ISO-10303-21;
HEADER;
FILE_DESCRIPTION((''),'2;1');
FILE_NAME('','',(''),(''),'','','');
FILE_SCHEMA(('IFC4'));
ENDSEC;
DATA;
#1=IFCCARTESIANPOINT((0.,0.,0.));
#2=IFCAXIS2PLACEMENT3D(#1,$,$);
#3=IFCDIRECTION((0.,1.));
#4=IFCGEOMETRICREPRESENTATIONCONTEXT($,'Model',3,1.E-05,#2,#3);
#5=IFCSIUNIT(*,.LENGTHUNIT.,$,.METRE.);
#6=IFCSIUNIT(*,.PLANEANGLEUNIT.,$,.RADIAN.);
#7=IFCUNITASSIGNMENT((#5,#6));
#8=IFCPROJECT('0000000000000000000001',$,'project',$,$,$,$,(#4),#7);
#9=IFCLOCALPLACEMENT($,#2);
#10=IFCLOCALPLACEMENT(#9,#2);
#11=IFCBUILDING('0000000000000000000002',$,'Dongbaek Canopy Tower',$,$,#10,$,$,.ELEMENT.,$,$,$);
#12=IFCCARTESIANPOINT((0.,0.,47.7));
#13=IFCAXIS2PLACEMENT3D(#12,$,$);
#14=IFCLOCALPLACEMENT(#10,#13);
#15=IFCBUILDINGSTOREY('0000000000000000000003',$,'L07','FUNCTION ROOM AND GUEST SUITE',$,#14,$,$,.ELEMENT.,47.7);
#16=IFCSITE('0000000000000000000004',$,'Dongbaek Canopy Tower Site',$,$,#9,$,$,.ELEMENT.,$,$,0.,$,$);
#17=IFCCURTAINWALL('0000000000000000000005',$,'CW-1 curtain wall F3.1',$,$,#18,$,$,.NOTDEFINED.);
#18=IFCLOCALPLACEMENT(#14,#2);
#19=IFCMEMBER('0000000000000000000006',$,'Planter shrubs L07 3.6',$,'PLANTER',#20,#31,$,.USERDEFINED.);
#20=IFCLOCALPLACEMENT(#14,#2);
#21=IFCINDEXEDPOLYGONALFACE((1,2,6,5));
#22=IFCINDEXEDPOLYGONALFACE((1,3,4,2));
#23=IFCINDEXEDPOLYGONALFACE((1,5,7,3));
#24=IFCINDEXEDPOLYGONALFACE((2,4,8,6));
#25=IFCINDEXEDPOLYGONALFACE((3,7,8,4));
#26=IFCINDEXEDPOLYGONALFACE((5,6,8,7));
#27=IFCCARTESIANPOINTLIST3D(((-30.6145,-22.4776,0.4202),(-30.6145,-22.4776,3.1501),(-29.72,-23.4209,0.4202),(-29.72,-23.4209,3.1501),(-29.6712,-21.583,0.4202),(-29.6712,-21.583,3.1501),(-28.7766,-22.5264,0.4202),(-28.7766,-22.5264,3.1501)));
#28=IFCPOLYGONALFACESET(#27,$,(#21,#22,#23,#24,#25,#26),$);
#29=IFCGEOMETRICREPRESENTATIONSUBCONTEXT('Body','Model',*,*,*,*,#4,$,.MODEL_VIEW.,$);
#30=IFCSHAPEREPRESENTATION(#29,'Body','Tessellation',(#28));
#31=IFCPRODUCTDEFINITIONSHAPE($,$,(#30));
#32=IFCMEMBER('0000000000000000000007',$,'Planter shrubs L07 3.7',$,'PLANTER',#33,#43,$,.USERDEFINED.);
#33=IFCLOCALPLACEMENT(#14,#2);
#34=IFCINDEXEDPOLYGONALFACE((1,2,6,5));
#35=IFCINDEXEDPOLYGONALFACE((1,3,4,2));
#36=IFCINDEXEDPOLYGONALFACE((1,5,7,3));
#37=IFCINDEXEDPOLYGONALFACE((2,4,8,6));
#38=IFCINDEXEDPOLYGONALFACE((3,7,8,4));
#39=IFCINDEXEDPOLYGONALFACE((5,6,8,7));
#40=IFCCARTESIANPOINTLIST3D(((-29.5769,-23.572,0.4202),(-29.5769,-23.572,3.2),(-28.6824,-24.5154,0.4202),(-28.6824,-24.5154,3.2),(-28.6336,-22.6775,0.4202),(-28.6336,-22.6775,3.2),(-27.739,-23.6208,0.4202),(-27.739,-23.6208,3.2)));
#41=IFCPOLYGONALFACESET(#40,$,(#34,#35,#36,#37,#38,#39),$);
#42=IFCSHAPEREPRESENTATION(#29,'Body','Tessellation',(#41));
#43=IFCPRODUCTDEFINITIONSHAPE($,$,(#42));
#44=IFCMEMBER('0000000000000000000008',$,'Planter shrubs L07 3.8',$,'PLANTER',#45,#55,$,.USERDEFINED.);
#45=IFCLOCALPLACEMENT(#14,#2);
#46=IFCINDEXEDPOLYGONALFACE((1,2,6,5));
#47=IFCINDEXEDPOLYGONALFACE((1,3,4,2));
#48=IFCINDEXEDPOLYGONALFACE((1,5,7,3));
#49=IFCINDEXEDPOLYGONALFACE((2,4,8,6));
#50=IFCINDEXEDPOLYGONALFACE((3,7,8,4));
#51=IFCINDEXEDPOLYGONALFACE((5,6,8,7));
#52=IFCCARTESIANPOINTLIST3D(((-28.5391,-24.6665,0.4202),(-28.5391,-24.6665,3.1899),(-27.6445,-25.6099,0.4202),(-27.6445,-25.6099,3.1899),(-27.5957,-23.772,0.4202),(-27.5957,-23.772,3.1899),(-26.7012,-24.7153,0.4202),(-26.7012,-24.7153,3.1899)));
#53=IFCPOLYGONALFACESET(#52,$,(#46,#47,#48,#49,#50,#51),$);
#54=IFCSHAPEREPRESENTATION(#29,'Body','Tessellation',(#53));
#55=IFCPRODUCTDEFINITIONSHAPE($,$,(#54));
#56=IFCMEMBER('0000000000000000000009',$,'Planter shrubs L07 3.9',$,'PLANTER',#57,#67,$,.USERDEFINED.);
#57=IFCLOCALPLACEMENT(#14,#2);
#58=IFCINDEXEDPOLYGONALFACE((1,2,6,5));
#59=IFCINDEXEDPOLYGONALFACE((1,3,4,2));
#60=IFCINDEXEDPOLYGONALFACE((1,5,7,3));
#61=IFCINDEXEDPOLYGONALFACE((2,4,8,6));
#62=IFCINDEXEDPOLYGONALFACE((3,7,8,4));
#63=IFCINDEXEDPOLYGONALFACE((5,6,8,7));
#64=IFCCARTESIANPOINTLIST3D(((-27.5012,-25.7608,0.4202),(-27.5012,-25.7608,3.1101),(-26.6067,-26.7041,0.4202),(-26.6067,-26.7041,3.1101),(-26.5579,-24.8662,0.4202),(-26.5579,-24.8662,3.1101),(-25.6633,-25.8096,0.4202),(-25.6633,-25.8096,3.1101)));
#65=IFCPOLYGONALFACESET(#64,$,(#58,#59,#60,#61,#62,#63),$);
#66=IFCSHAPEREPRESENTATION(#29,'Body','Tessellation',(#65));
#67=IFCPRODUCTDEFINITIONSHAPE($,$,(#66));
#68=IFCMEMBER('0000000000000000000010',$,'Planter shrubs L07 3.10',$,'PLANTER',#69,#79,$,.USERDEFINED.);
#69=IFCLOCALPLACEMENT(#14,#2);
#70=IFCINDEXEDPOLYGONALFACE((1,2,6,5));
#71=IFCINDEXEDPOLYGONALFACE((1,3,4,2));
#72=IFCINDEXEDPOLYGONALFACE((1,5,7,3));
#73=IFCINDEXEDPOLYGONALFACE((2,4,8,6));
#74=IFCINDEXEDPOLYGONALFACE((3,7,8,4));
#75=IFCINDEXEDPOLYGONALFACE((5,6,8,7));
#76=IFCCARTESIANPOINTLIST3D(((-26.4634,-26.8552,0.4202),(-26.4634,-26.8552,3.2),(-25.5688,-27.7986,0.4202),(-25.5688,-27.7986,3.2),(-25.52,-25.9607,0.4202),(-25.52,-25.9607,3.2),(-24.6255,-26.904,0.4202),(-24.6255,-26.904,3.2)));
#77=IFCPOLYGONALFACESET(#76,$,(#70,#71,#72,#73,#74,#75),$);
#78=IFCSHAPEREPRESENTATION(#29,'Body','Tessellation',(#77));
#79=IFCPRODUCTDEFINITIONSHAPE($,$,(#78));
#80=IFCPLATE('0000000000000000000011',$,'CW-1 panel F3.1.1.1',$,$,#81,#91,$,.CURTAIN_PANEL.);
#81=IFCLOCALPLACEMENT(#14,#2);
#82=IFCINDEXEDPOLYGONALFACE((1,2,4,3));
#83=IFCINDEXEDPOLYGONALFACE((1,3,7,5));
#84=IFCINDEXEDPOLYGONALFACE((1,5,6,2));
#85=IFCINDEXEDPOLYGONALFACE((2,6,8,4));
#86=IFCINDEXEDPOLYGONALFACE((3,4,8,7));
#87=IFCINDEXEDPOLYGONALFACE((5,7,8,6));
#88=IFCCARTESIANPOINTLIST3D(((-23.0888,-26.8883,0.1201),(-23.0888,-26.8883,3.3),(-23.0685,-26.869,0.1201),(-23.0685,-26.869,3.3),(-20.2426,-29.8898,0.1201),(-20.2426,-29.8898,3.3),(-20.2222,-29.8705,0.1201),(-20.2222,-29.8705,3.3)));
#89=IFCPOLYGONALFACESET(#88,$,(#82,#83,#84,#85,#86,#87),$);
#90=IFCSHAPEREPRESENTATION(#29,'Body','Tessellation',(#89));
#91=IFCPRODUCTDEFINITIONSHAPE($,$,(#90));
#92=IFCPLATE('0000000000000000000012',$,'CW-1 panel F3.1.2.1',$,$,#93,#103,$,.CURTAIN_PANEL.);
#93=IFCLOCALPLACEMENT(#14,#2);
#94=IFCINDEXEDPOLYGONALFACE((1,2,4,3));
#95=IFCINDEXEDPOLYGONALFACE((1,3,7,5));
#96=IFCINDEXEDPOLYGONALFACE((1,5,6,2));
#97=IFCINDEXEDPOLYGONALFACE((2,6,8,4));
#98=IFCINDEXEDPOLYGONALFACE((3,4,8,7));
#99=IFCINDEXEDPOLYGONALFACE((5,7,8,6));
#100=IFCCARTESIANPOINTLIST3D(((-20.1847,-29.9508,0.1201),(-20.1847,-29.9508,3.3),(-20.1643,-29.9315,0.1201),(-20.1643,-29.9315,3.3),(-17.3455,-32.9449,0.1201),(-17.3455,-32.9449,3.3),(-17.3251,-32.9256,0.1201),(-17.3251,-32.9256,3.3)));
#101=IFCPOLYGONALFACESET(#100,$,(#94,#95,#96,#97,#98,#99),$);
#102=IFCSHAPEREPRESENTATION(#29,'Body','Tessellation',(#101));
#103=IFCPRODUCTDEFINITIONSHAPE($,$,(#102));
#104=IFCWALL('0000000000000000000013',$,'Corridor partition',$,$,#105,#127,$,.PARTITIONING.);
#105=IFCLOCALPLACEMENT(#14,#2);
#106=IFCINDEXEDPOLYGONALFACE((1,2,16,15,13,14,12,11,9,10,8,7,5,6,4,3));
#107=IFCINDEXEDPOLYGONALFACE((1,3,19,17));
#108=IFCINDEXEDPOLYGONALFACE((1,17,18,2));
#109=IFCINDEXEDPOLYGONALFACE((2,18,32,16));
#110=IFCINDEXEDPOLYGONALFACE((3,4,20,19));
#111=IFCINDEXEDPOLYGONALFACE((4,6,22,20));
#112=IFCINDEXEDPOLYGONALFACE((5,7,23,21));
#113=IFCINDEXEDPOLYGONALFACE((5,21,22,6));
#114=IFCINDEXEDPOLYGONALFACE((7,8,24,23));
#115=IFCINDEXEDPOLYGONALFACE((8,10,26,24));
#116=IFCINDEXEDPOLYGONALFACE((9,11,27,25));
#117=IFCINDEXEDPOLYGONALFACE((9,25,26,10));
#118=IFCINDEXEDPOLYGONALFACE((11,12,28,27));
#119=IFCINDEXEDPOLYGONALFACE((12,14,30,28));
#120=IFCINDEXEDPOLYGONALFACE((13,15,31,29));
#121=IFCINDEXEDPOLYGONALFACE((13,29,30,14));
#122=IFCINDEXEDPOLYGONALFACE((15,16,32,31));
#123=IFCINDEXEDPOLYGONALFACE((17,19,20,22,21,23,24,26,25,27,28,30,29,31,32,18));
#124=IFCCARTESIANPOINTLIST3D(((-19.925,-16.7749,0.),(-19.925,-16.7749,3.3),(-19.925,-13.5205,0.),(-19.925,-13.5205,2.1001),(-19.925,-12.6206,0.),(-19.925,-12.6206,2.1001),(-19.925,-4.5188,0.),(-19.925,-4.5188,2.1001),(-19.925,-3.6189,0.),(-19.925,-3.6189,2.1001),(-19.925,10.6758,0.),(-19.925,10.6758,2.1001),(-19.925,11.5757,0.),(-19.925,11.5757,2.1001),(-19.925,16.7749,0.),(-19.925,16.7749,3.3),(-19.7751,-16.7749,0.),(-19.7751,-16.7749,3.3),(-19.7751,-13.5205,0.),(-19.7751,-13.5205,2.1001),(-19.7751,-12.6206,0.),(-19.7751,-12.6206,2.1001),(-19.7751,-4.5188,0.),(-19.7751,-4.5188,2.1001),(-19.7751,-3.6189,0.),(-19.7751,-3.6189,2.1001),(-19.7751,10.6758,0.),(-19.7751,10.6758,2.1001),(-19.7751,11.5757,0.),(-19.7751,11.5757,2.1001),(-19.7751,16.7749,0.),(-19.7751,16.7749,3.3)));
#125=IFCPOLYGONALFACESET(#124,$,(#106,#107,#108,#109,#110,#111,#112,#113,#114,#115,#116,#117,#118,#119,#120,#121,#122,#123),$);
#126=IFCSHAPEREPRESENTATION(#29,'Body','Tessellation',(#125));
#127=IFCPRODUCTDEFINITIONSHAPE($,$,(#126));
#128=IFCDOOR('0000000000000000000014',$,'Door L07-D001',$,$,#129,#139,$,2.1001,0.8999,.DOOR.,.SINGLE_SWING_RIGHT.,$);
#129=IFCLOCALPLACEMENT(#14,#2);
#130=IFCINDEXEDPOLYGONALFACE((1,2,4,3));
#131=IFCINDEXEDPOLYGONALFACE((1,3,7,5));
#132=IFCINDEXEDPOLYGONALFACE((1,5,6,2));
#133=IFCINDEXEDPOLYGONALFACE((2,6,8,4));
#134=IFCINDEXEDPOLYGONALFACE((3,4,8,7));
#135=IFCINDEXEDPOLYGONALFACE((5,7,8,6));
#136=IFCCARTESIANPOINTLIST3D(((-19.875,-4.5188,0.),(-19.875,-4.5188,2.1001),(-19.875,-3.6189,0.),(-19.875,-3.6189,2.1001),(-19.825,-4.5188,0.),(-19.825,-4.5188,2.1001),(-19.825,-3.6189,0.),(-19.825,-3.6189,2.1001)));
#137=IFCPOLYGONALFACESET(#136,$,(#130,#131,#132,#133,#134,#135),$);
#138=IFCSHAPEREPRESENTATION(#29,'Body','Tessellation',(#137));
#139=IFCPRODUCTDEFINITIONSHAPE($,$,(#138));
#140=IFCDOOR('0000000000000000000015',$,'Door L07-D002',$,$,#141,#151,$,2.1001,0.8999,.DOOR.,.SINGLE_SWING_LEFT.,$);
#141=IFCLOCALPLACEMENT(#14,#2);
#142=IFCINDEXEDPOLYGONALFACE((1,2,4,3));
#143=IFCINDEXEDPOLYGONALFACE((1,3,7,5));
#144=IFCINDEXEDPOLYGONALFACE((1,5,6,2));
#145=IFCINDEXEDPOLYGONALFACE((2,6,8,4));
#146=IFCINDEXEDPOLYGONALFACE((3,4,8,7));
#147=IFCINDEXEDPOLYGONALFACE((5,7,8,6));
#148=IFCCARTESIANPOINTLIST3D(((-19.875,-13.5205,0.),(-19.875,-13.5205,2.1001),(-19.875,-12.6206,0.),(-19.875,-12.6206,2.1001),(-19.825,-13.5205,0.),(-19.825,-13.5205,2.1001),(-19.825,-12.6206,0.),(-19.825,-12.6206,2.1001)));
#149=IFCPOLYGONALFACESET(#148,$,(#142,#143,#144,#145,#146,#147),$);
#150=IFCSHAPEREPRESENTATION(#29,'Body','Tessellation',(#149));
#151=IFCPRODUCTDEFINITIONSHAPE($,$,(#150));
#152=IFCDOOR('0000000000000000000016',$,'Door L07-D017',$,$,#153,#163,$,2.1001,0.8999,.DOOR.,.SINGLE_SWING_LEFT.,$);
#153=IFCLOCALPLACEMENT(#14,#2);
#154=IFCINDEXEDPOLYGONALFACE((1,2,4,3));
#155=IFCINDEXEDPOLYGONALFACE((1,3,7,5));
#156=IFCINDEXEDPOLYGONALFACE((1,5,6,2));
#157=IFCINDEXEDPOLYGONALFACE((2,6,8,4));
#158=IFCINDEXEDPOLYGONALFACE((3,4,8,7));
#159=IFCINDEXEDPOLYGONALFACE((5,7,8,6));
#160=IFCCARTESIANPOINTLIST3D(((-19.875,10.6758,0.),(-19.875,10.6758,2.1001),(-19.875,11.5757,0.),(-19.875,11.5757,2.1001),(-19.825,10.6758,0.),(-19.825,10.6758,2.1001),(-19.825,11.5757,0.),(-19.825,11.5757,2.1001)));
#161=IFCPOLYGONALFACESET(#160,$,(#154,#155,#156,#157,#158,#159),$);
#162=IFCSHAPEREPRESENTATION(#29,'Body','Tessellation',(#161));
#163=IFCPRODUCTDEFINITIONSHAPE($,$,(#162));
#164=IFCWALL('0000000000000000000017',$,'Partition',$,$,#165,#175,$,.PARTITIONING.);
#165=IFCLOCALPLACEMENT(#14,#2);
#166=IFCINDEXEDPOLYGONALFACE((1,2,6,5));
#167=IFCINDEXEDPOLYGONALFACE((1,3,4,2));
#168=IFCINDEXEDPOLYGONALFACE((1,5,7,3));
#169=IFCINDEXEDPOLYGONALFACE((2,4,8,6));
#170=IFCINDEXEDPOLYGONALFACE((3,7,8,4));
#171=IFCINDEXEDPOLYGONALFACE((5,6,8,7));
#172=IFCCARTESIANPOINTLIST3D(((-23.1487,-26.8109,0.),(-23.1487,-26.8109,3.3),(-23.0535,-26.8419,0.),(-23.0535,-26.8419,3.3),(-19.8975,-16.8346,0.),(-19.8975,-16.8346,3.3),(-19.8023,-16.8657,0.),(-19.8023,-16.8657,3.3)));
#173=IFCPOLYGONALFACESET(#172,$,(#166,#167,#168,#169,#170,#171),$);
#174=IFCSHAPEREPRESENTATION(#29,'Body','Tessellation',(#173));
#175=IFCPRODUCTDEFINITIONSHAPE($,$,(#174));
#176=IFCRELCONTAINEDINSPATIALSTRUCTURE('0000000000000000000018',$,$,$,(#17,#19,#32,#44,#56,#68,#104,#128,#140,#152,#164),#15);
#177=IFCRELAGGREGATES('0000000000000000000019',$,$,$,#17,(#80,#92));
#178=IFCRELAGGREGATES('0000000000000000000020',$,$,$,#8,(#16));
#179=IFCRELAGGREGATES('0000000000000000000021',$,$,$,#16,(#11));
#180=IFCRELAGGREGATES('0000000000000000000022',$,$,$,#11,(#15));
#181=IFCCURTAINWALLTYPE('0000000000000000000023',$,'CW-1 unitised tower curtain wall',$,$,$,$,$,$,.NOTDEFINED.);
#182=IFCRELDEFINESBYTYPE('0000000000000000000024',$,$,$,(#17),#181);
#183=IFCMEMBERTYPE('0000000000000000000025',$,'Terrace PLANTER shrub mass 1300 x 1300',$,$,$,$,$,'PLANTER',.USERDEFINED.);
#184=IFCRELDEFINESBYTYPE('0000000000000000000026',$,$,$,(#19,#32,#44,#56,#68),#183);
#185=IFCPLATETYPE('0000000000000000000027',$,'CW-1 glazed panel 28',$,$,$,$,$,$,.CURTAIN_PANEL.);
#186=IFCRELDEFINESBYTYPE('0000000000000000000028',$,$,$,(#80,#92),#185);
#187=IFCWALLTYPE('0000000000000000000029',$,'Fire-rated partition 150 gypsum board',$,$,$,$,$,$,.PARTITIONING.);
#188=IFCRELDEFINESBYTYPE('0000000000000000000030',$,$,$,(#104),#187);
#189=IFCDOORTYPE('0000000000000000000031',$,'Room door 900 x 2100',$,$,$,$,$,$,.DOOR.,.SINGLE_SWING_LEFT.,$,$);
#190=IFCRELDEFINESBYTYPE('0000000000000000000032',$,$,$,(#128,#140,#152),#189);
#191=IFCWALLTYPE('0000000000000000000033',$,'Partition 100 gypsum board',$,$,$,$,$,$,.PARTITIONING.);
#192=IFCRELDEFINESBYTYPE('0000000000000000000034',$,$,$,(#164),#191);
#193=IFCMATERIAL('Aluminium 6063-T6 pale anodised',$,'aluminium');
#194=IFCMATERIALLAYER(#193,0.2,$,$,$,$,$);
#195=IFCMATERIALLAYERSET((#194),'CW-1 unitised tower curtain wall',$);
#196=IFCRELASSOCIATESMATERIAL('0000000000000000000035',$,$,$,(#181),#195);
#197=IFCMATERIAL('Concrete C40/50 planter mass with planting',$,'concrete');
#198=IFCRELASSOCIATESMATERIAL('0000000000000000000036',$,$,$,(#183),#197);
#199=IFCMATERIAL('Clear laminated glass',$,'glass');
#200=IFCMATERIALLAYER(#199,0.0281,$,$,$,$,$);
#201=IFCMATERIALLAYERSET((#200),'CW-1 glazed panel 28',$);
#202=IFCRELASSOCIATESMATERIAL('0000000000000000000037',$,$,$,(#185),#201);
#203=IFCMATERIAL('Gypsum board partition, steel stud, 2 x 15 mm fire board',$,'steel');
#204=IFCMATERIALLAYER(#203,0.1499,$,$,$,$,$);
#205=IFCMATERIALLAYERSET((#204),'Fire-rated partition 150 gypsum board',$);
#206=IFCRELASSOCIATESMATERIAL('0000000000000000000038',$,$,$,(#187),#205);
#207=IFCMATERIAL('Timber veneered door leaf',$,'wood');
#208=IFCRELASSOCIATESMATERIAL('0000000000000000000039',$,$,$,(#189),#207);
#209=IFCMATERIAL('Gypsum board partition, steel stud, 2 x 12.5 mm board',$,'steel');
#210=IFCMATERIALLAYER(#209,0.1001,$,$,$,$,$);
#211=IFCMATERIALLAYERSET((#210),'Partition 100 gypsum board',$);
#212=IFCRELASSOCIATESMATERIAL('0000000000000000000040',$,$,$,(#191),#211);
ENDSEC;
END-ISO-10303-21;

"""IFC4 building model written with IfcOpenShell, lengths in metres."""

from ifc_helpers import new_model, si_unit, direction, frame, frame_2d, origin, origin_2d, place, context, subcontext, project, spatial, rectangle, extrude, material, layer, layer_set, material_profile, profile_set, type_object, element, fill, aggregate, save


model = new_model("IFC4")

# Units and contexts
model_context = context("Model", 3, precision=1e-05, world=origin(), true_north=direction((0.0, 1.0)))
body_context = subcontext(model_context, "Body", "Model", "MODEL_VIEW")
ifc_project = project(units=[si_unit("LENGTHUNIT", "METRE"), si_unit("PLANEANGLEUNIT", "RADIAN")], contexts=[model_context])

# Site, building, storey
site_placement = place(None, origin())
site = spatial("IfcSite", under=ifc_project, at=site_placement, Name="Dongbaek Canopy Tower Site", CompositionType="ELEMENT", RefElevation=0.0)
building_placement = place(site_placement, origin())
building = spatial("IfcBuilding", under=site, at=building_placement, Name="Dongbaek Canopy Tower", CompositionType="ELEMENT")
storey_placement = place(building_placement, frame((0.0, 0.0, 47.7)))
storey = spatial("IfcBuildingStorey", under=building, at=storey_placement, Name="L07", Description="FUNCTION ROOM AND GUEST SUITE", CompositionType="ELEMENT", Elevation=47.7)

# Curtain wall
ifc_material_1 = material(Name="Aluminium 6063-T6 pale anodised", Category="aluminium")
ifc_layer_1 = layer(ifc_material_1, 0.2)
ifc_layer_set_1 = layer_set([ifc_layer_1], Name="CW-1 unitised tower curtain wall")
curtain_wall_type = type_object("IfcCurtainWallType", Name="CW-1 unitised tower curtain wall", PredefinedType="NOTDEFINED", material=ifc_layer_set_1)
curtain_wall_placement = place(storey_placement, origin())
curtain_wall = element("IfcCurtainWall", 1, at=curtain_wall_placement, inside=storey, type_object=curtain_wall_type, Name="CW-1 curtain wall F3.1", PredefinedType="NOTDEFINED")

# Members
ifc_material_2 = material(Name="Concrete C40/50 planter mass with planting", Category="concrete")
ifc_material_profile_1 = material_profile(ifc_material_2, rectangle(XDim=1.3, YDim=1.3, at=origin_2d()), Name="Terrace PLANTER shrub mass 1300 x 1300")
ifc_profile_set_1 = profile_set([ifc_material_profile_1], Name="Concrete C40/50 planter mass with planting")
member_type_1 = type_object("IfcMemberType", Name="Terrace PLANTER shrub mass 1300 x 1300", ElementType="PLANTER", PredefinedType="USERDEFINED", material=ifc_profile_set_1)
member_1_placement = place(storey_placement, frame((-29.6956, -22.502, 0.4202), z_axis=(0.0, 0.0, 1.0), x_axis=(-0.725627, -0.688089, 0.0)))
element("IfcMember", 2, at=member_1_placement, inside=storey, type_object=member_type_1, Name="Planter shrubs L07 3.6", ObjectType="PLANTER", PredefinedType="USERDEFINED", context=body_context, shape_type="SweptSolid", body=[
    extrude(rectangle(XDim=1.3, YDim=1.3, at=origin_2d()), origin(), (0.0, 0.0, 1.0), 2.73),
])
member_2_placement = place(storey_placement, frame((-28.658, -23.5964, 0.4202), z_axis=(0.0, 0.0, 1.0), x_axis=(-0.725627, -0.688089, 0.0)))
element("IfcMember", 3, at=member_2_placement, inside=storey, type_object=member_type_1, Name="Planter shrubs L07 3.7", ObjectType="PLANTER", PredefinedType="USERDEFINED", context=body_context, shape_type="SweptSolid", body=[
    extrude(rectangle(XDim=1.3, YDim=1.3, at=origin_2d()), origin(), (0.0, 0.0, 1.0), 2.7798),
])
member_3_placement = place(storey_placement, frame((-27.6201, -24.6909, 0.4202), z_axis=(0.0, 0.0, 1.0), x_axis=(-0.725627, -0.688089, 0.0)))
element("IfcMember", 4, at=member_3_placement, inside=storey, type_object=member_type_1, Name="Planter shrubs L07 3.8", ObjectType="PLANTER", PredefinedType="USERDEFINED", context=body_context, shape_type="SweptSolid", body=[
    extrude(rectangle(XDim=1.3, YDim=1.3, at=origin_2d()), origin(), (0.0, 0.0, 1.0), 2.7698),
])
member_4_placement = place(storey_placement, frame((-26.5823, -25.7852, 0.4202), z_axis=(0.0, 0.0, 1.0), x_axis=(-0.725627, -0.688089, 0.0)))
element("IfcMember", 5, at=member_4_placement, inside=storey, type_object=member_type_1, Name="Planter shrubs L07 3.9", ObjectType="PLANTER", PredefinedType="USERDEFINED", context=body_context, shape_type="SweptSolid", body=[
    extrude(rectangle(XDim=1.3, YDim=1.3, at=origin_2d()), origin(), (0.0, 0.0, 1.0), 2.6899),
])
member_5_placement = place(storey_placement, frame((-25.5444, -26.8796, 0.4202), z_axis=(0.0, 0.0, 1.0), x_axis=(-0.725627, -0.688089, 0.0)))
element("IfcMember", 6, at=member_5_placement, inside=storey, type_object=member_type_1, Name="Planter shrubs L07 3.10", ObjectType="PLANTER", PredefinedType="USERDEFINED", context=body_context, shape_type="SweptSolid", body=[
    extrude(rectangle(XDim=1.3, YDim=1.3, at=origin_2d()), origin(), (0.0, 0.0, 1.0), 2.7798),
])

# Plates
ifc_material_3 = material(Name="Clear laminated glass", Category="glass")
ifc_layer_2 = layer(ifc_material_3, 0.0281)
ifc_layer_set_2 = layer_set([ifc_layer_2], Name="CW-1 glazed panel 28")
plate_type = type_object("IfcPlateType", Name="CW-1 glazed panel 28", PredefinedType="CURTAIN_PANEL", material=ifc_layer_set_2)
plate_1_placement = place(storey_placement, frame((-21.6555, -28.3794, 0.1201), z_axis=(0.0, 0.0, 1.0), x_axis=(0.688089, -0.725627, 0.0)))
plate_1 = element("IfcPlate", 7, at=plate_1_placement, type_object=plate_type, Name="CW-1 panel F3.1.1.1", PredefinedType="CURTAIN_PANEL", context=body_context, shape_type="SweptSolid", body=[
    extrude(rectangle(XDim=4.1365, YDim=0.0281, at=origin_2d()), origin(), (0.0, 0.0, 1.0), 3.1799),
])
plate_2_placement = place(storey_placement, frame((-18.7549, -31.4382, 0.1201), z_axis=(0.0, 0.0, 1.0), x_axis=(0.688089, -0.725627, 0.0)))
plate_2 = element("IfcPlate", 8, at=plate_2_placement, type_object=plate_type, Name="CW-1 panel F3.1.2.1", PredefinedType="CURTAIN_PANEL", context=body_context, shape_type="SweptSolid", body=[
    extrude(rectangle(XDim=4.1262, YDim=0.0281, at=origin_2d()), origin(), (0.0, 0.0, 1.0), 3.1799),
])

# Wall, openings, doors
ifc_material_4 = material(Name="Gypsum board partition, steel stud, 2 x 15 mm fire board", Category="steel")
ifc_layer_3 = layer(ifc_material_4, 0.1499)
ifc_layer_set_3 = layer_set([ifc_layer_3], Name="Fire-rated partition 150 gypsum board")
wall_type_1 = type_object("IfcWallType", Name="Fire-rated partition 150 gypsum board", PredefinedType="PARTITIONING", material=ifc_layer_set_3)
wall_1_placement = place(storey_placement, frame((-19.8501, -16.7749, 0.0), z_axis=(0.0, 0.0, 1.0), x_axis=(0.0, 1.0, 0.0)))
wall_1 = element("IfcWall", 9, at=wall_1_placement, inside=storey, type_object=wall_type_1, Name="Corridor partition", PredefinedType="PARTITIONING", context=body_context, shape_type="SweptSolid", body=[
    extrude(rectangle(XDim=33.5498, YDim=0.1499, at=frame_2d((16.7749, 0.0))), origin(), (0.0, 0.0, 1.0), 3.3),
])
opening_1_placement = place(wall_1_placement, frame((12.2561, 0.0, 0.0)))
opening_1 = element("IfcOpeningElement", 10, at=opening_1_placement, cuts=wall_1, PredefinedType="OPENING", context=body_context, shape_type="SweptSolid", body=[
    extrude(rectangle(XDim=0.8999, YDim=2.1001, at=frame_2d((0.45, 1.05))), frame((0.0, 0.085, 0.0), z_axis=(0.0, -1.0, 0.0), x_axis=(1.0, 0.0, 0.0)), (0.0, 0.0, 1.0), 0.1699),
])
opening_2_placement = place(wall_1_placement, frame((3.2544, 0.0, 0.0)))
opening_2 = element("IfcOpeningElement", 11, at=opening_2_placement, cuts=wall_1, PredefinedType="OPENING", context=body_context, shape_type="SweptSolid", body=[
    extrude(rectangle(XDim=0.8999, YDim=2.1001, at=frame_2d((0.45, 1.05))), frame((0.0, 0.085, 0.0), z_axis=(0.0, -1.0, 0.0), x_axis=(1.0, 0.0, 0.0)), (0.0, 0.0, 1.0), 0.1699),
])
opening_3_placement = place(wall_1_placement, frame((27.4507, 0.0, 0.0)))
opening_3 = element("IfcOpeningElement", 12, at=opening_3_placement, cuts=wall_1, PredefinedType="OPENING", context=body_context, shape_type="SweptSolid", body=[
    extrude(rectangle(XDim=0.8999, YDim=2.1001, at=frame_2d((0.45, 1.05))), frame((0.0, 0.085, 0.0), z_axis=(0.0, -1.0, 0.0), x_axis=(1.0, 0.0, 0.0)), (0.0, 0.0, 1.0), 0.1699),
])
ifc_material_5 = material(Name="Timber veneered door leaf", Category="wood")
door_type = type_object("IfcDoorType", Name="Room door 900 x 2100", OperationType="SINGLE_SWING_LEFT", PredefinedType="DOOR", material=ifc_material_5)
door_1_placement = place(opening_1_placement, origin())
door_1 = element("IfcDoor", 13, at=door_1_placement, inside=storey, type_object=door_type, Name="Door L07-D001", OperationType="SINGLE_SWING_RIGHT", OverallHeight=2.1001, OverallWidth=0.8999, PredefinedType="DOOR", context=body_context, shape_type="SweptSolid", body=[
    extrude(rectangle(XDim=0.8999, YDim=2.1001, at=frame_2d((0.45, 1.05))), frame((0.0, 0.0249, 0.0), z_axis=(0.0, -1.0, 0.0), x_axis=(1.0, 0.0, 0.0)), (0.0, 0.0, 1.0), 0.05),
])
fill(opening_1, door_1)
door_2_placement = place(opening_2_placement, origin())
door_2 = element("IfcDoor", 14, at=door_2_placement, inside=storey, type_object=door_type, Name="Door L07-D002", OperationType="SINGLE_SWING_LEFT", OverallHeight=2.1001, OverallWidth=0.8999, PredefinedType="DOOR", context=body_context, shape_type="SweptSolid", body=[
    extrude(rectangle(XDim=0.8999, YDim=2.1001, at=frame_2d((0.45, 1.05))), frame((0.0, 0.0249, 0.0), z_axis=(0.0, -1.0, 0.0), x_axis=(1.0, 0.0, 0.0)), (0.0, 0.0, 1.0), 0.05),
])
fill(opening_2, door_2)
door_3_placement = place(opening_3_placement, origin())
door_3 = element("IfcDoor", 15, at=door_3_placement, inside=storey, type_object=door_type, Name="Door L07-D017", OperationType="SINGLE_SWING_LEFT", OverallHeight=2.1001, OverallWidth=0.8999, PredefinedType="DOOR", context=body_context, shape_type="SweptSolid", body=[
    extrude(rectangle(XDim=0.8999, YDim=2.1001, at=frame_2d((0.45, 1.05))), frame((0.0, 0.0249, 0.0), z_axis=(0.0, -1.0, 0.0), x_axis=(1.0, 0.0, 0.0)), (0.0, 0.0, 1.0), 0.05),
])
fill(opening_3, door_3)

# Wall
ifc_material_6 = material(Name="Gypsum board partition, steel stud, 2 x 12.5 mm board", Category="steel")
ifc_layer_4 = layer(ifc_material_6, 0.1001)
ifc_layer_set_4 = layer_set([ifc_layer_4], Name="Partition 100 gypsum board")
wall_type_2 = type_object("IfcWallType", Name="Partition 100 gypsum board", PredefinedType="PARTITIONING", material=ifc_layer_set_4)
wall_2_placement = place(storey_placement, frame((-23.1011, -26.8264, 0.0), z_axis=(0.0, 0.0, 1.0), x_axis=(0.309855, 0.950784, 0.0)))
element("IfcWall", 16, at=wall_2_placement, inside=storey, type_object=wall_type_2, Name="Partition", PredefinedType="PARTITIONING", context=body_context, shape_type="SweptSolid", body=[
    extrude(rectangle(XDim=10.4927, YDim=0.1001, at=frame_2d((5.2463, 0.0))), origin(), (0.0, 0.0, 1.0), 3.3),
])

aggregate(curtain_wall, [plate_1, plate_2])

save(model, "model.ifc")
